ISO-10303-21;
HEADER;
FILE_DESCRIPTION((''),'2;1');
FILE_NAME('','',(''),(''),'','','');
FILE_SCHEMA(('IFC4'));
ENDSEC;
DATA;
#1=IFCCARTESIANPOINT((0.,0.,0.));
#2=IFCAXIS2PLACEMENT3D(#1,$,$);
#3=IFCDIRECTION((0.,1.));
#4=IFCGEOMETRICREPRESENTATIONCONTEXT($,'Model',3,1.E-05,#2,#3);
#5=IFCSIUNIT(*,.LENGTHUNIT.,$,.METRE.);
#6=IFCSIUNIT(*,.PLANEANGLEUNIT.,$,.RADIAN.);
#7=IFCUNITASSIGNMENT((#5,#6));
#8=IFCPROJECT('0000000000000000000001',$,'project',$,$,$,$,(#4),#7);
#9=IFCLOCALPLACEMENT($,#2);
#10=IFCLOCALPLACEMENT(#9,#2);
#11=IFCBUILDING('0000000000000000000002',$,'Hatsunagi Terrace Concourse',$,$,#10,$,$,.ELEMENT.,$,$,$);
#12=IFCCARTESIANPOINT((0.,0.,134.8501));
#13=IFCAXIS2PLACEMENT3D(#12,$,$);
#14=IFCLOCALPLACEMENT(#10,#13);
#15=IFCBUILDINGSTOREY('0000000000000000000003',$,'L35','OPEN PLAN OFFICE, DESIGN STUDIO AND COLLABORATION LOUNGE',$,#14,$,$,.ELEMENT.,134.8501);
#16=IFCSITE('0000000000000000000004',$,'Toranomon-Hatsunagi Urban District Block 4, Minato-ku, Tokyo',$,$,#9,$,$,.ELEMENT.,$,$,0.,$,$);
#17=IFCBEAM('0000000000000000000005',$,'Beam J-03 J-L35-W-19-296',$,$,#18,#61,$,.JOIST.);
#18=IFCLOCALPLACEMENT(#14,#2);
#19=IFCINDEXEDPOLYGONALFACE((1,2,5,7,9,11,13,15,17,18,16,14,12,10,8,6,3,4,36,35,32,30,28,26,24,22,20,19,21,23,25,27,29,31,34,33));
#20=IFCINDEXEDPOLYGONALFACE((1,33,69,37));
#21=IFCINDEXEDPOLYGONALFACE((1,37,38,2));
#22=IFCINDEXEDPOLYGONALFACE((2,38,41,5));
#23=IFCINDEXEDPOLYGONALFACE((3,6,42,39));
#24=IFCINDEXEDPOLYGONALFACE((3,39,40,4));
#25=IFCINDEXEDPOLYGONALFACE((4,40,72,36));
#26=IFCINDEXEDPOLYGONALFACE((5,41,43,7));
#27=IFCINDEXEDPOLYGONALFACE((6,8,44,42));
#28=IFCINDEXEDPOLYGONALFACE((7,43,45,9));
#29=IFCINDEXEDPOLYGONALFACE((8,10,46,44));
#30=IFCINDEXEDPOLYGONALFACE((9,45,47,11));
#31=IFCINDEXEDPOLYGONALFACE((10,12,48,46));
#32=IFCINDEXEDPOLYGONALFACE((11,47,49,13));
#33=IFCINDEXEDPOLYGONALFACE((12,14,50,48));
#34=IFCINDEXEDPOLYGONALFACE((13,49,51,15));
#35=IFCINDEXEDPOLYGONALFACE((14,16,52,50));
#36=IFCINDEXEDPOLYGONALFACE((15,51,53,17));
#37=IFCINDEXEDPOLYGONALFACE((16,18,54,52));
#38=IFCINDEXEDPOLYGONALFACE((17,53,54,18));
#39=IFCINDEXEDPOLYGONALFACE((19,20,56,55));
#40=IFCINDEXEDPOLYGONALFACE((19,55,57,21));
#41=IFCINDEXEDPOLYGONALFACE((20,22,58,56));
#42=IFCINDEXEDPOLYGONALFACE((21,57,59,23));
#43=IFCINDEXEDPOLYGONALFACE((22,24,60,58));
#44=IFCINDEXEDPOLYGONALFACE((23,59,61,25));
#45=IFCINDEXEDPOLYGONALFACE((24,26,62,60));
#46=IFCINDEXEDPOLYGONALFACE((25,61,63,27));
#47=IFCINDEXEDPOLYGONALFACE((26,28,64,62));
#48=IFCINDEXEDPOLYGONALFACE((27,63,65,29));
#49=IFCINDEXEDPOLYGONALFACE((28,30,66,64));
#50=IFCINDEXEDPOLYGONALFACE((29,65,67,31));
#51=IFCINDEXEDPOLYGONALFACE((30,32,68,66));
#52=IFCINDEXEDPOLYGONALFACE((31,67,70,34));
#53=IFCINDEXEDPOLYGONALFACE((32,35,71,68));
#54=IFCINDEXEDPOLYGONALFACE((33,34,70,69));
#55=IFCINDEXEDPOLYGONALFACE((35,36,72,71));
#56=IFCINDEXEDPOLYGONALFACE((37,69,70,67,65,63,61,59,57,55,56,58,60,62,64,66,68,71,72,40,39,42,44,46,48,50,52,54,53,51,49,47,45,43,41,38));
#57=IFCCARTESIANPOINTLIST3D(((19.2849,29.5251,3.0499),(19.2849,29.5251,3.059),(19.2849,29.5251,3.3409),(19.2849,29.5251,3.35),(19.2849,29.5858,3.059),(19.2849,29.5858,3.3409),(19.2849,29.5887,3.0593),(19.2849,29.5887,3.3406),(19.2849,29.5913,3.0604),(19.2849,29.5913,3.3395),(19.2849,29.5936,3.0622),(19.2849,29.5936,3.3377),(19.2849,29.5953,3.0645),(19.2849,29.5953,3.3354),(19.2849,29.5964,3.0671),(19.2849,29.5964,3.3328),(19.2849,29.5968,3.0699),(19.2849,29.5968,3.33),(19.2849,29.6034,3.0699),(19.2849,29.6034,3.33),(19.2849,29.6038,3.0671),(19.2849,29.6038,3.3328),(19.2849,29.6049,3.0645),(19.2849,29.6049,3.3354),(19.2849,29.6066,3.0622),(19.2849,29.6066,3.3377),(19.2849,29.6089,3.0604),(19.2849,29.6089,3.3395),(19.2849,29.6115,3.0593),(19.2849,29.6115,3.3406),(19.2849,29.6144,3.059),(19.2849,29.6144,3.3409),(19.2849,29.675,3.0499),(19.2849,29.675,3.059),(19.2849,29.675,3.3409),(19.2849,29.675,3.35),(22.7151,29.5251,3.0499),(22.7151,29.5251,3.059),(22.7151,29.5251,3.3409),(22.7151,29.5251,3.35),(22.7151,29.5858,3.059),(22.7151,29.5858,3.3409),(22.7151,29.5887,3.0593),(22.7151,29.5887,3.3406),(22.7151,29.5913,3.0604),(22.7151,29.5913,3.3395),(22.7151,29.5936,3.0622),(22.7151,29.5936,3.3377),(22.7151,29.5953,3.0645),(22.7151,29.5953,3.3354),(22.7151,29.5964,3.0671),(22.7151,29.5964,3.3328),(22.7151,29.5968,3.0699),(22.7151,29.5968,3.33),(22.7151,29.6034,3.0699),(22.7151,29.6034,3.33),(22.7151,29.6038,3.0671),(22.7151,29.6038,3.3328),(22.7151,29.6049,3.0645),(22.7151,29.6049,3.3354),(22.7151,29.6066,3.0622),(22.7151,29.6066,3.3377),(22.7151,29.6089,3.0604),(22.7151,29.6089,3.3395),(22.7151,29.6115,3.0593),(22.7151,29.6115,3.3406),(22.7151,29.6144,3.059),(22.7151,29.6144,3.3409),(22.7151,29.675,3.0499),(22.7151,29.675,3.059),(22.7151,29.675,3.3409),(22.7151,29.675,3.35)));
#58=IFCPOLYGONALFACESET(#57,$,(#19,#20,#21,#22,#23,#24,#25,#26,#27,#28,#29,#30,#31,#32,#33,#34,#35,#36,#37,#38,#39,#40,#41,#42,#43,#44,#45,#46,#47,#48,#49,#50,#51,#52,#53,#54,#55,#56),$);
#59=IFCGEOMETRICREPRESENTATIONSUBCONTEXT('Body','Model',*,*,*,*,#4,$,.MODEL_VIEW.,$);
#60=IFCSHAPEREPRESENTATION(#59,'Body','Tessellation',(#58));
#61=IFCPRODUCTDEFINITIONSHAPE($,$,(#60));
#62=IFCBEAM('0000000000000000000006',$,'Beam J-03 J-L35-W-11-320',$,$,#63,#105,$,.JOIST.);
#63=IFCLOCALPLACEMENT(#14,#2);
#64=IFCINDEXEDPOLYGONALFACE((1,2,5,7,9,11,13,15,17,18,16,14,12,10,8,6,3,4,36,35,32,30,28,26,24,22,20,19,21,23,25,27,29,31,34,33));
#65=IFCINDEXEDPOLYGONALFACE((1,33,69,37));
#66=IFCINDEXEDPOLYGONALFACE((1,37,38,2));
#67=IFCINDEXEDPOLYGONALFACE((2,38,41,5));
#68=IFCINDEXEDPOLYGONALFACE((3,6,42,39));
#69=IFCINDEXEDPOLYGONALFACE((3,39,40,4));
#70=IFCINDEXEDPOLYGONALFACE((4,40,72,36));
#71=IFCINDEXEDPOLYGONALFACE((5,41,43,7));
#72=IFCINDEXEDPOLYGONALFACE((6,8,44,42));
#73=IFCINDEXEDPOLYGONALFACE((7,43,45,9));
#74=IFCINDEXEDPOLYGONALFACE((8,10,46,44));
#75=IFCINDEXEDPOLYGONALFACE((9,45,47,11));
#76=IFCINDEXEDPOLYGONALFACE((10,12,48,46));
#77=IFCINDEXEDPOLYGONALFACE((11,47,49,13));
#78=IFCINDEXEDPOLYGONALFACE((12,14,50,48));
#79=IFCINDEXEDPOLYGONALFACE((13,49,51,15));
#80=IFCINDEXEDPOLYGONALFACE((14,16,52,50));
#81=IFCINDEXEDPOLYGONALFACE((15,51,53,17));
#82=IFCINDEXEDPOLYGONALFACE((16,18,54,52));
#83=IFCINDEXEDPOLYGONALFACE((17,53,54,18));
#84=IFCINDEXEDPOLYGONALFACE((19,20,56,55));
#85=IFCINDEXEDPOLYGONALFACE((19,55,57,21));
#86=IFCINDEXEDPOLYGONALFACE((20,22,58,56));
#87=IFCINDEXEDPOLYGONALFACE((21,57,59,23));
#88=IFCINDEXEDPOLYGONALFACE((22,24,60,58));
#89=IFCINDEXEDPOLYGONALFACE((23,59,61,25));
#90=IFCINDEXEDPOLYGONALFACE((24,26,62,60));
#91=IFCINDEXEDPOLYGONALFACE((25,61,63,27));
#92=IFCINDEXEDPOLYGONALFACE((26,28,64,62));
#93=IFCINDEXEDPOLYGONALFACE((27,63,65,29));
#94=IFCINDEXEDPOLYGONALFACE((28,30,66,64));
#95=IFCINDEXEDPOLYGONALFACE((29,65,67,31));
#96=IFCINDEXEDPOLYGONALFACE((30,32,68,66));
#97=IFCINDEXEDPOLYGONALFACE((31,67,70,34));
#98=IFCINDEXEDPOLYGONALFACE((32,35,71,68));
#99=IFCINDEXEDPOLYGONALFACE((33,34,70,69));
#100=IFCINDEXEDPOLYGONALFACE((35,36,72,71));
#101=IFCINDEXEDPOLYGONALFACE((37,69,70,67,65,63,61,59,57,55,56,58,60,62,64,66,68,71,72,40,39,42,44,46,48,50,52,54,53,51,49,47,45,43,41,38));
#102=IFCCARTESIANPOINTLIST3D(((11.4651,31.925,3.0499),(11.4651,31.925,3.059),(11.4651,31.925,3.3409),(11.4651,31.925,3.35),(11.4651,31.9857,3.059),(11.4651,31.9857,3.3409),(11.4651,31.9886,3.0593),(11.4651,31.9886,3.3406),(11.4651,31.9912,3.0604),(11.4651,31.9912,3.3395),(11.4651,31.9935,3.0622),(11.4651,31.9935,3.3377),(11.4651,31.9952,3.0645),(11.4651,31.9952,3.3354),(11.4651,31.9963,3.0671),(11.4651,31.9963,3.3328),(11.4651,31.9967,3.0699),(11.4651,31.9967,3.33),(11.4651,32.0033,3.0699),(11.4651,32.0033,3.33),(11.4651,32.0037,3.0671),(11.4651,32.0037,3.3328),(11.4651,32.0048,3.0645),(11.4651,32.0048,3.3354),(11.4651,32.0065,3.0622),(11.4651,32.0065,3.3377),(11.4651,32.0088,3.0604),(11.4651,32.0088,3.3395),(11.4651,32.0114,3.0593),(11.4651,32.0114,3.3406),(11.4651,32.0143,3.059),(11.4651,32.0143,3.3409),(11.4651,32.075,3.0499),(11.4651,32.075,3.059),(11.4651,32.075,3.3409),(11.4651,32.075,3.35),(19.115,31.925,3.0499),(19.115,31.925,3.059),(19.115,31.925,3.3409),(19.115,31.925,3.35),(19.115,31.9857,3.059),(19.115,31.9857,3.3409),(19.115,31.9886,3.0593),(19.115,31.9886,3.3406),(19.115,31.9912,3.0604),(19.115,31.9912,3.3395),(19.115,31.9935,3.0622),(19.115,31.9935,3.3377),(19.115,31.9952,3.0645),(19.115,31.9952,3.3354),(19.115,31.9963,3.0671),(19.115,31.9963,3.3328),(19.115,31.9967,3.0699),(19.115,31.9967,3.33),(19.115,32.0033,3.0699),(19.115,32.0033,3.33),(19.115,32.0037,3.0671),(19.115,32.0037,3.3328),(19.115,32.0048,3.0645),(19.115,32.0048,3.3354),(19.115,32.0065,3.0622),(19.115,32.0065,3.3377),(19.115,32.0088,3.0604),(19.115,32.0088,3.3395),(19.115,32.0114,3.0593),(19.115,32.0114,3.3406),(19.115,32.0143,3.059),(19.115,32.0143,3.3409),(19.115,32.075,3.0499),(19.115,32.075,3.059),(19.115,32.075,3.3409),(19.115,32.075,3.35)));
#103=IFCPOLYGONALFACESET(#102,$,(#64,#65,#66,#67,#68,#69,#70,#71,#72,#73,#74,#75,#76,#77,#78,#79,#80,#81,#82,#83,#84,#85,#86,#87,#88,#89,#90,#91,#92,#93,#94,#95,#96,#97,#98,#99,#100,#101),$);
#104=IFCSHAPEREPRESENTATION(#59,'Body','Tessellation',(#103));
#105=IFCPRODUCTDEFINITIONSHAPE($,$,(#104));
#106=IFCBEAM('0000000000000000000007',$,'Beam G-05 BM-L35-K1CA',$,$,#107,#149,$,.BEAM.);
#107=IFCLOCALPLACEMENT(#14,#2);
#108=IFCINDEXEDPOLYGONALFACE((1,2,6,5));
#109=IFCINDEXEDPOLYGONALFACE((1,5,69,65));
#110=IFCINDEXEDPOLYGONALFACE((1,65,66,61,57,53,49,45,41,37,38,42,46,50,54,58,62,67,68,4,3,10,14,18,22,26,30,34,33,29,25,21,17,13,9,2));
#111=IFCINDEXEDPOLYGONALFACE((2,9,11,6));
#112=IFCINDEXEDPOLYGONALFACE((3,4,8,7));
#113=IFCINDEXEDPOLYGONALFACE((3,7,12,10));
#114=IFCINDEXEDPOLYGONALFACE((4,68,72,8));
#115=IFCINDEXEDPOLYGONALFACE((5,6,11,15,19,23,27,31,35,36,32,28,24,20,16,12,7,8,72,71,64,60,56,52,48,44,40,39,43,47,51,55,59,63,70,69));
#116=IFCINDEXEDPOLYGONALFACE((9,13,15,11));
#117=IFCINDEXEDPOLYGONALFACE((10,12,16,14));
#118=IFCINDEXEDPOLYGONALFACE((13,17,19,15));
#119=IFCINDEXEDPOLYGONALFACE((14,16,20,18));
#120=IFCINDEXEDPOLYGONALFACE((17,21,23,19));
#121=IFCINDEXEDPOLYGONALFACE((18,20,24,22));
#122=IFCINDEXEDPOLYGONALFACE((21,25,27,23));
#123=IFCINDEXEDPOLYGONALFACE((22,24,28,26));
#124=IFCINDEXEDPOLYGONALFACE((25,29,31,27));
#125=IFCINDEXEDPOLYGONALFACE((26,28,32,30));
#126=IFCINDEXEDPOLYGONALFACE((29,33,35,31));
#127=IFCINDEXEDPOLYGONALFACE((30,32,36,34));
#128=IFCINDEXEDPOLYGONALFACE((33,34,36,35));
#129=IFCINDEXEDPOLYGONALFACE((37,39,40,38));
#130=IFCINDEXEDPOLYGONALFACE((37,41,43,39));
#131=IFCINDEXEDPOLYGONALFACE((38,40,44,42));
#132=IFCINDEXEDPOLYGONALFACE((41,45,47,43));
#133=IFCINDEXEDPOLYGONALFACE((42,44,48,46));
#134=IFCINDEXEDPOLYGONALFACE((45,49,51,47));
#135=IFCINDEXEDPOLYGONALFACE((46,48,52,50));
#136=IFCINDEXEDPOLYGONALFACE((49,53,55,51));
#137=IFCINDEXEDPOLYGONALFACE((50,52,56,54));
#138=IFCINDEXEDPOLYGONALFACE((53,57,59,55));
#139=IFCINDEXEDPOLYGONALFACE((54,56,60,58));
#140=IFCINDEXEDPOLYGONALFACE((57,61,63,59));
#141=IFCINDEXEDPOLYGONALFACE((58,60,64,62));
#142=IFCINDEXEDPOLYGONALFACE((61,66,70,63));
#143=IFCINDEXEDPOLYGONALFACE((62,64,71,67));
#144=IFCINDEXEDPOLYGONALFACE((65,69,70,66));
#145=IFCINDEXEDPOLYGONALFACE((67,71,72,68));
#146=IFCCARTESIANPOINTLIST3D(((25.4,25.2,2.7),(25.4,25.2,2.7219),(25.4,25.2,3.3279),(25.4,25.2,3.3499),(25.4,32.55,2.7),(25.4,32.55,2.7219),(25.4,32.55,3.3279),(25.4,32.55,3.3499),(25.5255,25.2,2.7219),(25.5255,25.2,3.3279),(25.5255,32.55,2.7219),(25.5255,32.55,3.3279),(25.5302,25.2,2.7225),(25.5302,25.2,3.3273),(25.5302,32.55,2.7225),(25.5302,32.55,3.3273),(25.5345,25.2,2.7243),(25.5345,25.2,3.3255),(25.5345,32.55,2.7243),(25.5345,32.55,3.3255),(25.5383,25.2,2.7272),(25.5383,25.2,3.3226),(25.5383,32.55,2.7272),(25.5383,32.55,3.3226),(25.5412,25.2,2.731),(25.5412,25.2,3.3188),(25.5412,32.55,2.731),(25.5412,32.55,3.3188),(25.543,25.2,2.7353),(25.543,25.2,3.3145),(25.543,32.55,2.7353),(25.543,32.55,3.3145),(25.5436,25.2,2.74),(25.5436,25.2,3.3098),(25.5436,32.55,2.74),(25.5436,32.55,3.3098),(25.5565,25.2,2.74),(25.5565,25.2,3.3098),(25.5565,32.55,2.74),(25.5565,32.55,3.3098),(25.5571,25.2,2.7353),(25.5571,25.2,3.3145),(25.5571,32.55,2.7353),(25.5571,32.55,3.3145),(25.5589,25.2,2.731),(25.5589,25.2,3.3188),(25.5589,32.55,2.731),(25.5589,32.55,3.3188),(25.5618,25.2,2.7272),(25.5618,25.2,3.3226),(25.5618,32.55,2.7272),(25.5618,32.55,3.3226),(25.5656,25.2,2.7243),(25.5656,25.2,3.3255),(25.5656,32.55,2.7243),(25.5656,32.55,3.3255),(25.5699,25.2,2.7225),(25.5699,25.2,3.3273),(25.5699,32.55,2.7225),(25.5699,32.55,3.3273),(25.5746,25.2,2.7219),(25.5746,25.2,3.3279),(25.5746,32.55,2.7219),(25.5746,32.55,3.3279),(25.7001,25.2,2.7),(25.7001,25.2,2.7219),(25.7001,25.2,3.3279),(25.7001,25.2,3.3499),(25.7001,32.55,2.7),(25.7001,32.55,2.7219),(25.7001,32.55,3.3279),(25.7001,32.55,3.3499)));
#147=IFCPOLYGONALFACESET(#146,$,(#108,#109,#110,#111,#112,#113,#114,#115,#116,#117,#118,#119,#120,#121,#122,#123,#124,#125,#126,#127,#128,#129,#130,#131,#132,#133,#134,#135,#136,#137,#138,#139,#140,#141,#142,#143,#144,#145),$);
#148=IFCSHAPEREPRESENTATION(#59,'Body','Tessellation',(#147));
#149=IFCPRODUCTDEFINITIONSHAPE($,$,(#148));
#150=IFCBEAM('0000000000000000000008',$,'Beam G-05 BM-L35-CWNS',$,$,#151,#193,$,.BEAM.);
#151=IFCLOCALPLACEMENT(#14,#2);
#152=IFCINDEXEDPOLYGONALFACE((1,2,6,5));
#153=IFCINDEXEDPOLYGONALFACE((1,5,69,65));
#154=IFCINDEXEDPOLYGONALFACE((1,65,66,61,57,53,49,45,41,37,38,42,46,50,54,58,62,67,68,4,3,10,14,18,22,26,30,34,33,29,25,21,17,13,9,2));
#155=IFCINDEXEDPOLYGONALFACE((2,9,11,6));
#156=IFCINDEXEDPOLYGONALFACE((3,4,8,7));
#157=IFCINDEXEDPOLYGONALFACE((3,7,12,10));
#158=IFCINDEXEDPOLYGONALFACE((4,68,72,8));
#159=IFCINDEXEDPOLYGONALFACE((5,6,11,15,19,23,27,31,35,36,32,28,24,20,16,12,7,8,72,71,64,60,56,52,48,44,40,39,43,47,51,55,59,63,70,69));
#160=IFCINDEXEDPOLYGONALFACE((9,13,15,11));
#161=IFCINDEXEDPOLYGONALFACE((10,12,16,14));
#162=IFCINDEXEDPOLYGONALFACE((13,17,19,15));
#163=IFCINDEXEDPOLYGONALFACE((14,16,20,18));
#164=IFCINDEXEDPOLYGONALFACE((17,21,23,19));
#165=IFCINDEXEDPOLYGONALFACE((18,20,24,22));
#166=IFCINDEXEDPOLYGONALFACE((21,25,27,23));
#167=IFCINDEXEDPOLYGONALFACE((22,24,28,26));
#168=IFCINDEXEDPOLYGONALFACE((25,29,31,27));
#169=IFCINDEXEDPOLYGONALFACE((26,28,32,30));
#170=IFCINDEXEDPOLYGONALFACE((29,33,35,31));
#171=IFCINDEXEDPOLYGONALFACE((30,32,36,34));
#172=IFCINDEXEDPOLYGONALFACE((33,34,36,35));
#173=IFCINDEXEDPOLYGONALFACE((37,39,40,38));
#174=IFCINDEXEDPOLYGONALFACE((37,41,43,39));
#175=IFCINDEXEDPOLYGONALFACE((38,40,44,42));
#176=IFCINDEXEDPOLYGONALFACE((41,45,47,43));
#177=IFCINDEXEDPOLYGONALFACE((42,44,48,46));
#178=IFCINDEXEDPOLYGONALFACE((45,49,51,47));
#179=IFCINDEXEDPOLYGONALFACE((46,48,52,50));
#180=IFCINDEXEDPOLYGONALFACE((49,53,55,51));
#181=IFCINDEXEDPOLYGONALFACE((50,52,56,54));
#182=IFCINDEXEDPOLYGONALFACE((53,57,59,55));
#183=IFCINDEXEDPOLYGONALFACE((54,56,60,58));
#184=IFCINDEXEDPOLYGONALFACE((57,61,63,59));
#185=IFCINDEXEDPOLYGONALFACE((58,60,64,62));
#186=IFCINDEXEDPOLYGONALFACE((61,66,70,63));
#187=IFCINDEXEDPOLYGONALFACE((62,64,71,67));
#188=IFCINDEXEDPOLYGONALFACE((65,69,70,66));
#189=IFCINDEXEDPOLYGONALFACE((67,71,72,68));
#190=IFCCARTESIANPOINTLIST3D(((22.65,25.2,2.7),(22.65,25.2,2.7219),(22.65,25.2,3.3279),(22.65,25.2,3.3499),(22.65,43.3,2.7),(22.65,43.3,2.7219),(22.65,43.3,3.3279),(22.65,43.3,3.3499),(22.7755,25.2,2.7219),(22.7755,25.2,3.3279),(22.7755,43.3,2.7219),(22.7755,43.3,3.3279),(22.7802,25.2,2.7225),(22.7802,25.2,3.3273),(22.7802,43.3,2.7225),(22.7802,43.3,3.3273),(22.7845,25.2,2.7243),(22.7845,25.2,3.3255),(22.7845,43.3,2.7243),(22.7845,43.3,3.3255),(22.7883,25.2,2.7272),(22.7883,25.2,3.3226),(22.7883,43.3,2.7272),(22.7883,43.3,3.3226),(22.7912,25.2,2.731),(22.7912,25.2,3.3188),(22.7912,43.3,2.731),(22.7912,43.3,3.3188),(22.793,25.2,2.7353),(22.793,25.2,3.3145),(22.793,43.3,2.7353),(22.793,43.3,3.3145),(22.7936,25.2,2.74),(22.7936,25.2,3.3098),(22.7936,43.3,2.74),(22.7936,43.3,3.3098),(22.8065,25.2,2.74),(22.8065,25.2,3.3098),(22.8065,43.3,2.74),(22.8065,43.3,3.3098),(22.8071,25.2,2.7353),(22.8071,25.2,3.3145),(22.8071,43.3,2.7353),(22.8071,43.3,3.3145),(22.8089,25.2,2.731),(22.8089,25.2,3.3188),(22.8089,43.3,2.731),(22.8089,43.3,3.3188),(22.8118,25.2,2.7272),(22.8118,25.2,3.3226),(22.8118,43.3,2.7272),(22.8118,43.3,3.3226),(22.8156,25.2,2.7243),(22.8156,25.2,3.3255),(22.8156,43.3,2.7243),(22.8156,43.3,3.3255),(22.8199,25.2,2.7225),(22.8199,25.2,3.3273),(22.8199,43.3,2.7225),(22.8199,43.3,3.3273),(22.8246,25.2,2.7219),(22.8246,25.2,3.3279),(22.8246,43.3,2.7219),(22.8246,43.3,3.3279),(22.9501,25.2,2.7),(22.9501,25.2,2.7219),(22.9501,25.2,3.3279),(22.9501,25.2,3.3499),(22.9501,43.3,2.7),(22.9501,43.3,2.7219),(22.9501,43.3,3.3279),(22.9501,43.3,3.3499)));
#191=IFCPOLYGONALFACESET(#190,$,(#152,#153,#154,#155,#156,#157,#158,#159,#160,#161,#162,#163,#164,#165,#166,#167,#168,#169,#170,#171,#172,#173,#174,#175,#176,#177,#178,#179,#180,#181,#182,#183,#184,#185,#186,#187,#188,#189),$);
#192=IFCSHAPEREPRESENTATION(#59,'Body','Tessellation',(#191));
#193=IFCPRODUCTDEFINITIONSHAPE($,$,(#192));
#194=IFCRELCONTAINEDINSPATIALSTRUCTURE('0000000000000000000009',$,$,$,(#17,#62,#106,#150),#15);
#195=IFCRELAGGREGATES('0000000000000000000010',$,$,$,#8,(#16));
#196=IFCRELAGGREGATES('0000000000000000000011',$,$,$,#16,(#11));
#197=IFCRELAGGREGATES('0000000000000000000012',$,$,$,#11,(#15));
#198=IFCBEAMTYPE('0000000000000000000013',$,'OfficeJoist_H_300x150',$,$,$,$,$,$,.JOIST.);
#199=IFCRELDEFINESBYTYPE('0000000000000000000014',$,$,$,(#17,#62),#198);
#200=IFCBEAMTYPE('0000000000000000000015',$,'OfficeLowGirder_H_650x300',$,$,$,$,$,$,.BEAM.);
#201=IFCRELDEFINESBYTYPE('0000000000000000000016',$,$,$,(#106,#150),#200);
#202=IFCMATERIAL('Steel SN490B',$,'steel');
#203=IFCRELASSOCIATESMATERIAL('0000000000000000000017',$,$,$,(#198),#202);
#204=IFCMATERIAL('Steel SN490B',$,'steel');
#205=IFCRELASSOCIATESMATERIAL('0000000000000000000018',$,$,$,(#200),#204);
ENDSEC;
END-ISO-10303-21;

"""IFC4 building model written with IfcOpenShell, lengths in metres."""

from ifc_helpers import new_model, si_unit, direction, frame, origin, origin_2d, place, context, subcontext, project, spatial, i_section, extrude, material, material_profile, profile_set, type_object, element, save


model = new_model("IFC4")

# Units and contexts
model_context = context("Model", 3, precision=1e-05, world=origin(), true_north=direction((0.0, 1.0)))
body_context = subcontext(model_context, "Body", "Model", "MODEL_VIEW")
ifc_project = project(units=[si_unit("LENGTHUNIT", "METRE"), si_unit("PLANEANGLEUNIT", "RADIAN")], contexts=[model_context])

# Site, building, storey
site_placement = place(None, origin())
site = spatial("IfcSite", under=ifc_project, at=site_placement, Name="Toranomon-Hatsunagi Urban District Block 4, Minato-ku, Tokyo", CompositionType="ELEMENT", RefElevation=0.0)
building_placement = place(site_placement, origin())
building = spatial("IfcBuilding", under=site, at=building_placement, Name="Hatsunagi Terrace Concourse", CompositionType="ELEMENT")
storey_placement = place(building_placement, frame((0.0, 0.0, 134.8501)))
storey = spatial("IfcBuildingStorey", under=building, at=storey_placement, Name="L35", Description="OPEN PLAN OFFICE, DESIGN STUDIO AND COLLABORATION LOUNGE", CompositionType="ELEMENT", Elevation=134.8501)

# Beams
ifc_material_1 = material(Name="Steel SN490B", Category="steel")
ifc_material_profile_1 = material_profile(ifc_material_1, i_section(OverallWidth=0.1499, OverallDepth=0.3, WebThickness=0.0066, FlangeThickness=0.009, FilletRadius=0.011, at=origin_2d()), Name="H-300x150x6.5x9")
ifc_profile_set_1 = profile_set([ifc_material_profile_1], Name="Steel SN490B")
beam_type_1 = type_object("IfcBeamType", Name="OfficeJoist_H_300x150", PredefinedType="JOIST", material=ifc_profile_set_1)
beam_1_placement = place(storey_placement, frame((19.2849, 29.6001, 3.2), z_axis=(1.0, 0.0, 0.0), x_axis=(0.0, 1.0, 0.0)))
element("IfcBeam", 1, at=beam_1_placement, inside=storey, type_object=beam_type_1, Name="Beam J-03 J-L35-W-19-296", PredefinedType="JOIST", context=body_context, shape_type="SweptSolid", body=[
    extrude(i_section(OverallWidth=0.1499, OverallDepth=0.3, WebThickness=0.0066, FlangeThickness=0.009, FilletRadius=0.011, at=origin_2d()), origin(), (0.0, 0.0, 1.0), 3.4302),
])
beam_2_placement = place(storey_placement, frame((11.4651, 32.0, 3.2), z_axis=(1.0, 0.0, 0.0), x_axis=(0.0, 1.0, 0.0)))
element("IfcBeam", 2, at=beam_2_placement, inside=storey, type_object=beam_type_1, Name="Beam J-03 J-L35-W-11-320", PredefinedType="JOIST", context=body_context, shape_type="SweptSolid", body=[
    extrude(i_section(OverallWidth=0.1499, OverallDepth=0.3, WebThickness=0.0066, FlangeThickness=0.009, FilletRadius=0.011, at=origin_2d()), origin(), (0.0, 0.0, 1.0), 7.6499),
])
ifc_material_2 = material(Name="Steel SN490B", Category="steel")
ifc_material_profile_2 = material_profile(ifc_material_2, i_section(OverallWidth=0.3, OverallDepth=0.6499, WebThickness=0.0129, FlangeThickness=0.022, FilletRadius=0.0181, at=origin_2d()), Name="H-650x300x13x22")
ifc_profile_set_2 = profile_set([ifc_material_profile_2], Name="Steel SN490B")
beam_type_2 = type_object("IfcBeamType", Name="OfficeLowGirder_H_650x300", PredefinedType="BEAM", material=ifc_profile_set_2)
beam_3_placement = place(storey_placement, frame((25.55, 25.2, 3.0249), z_axis=(0.0, 1.0, 0.0), x_axis=(-1.0, 0.0, 0.0)))
element("IfcBeam", 3, at=beam_3_placement, inside=storey, type_object=beam_type_2, Name="Beam G-05 BM-L35-K1CA", PredefinedType="BEAM", context=body_context, shape_type="SweptSolid", body=[
    extrude(i_section(OverallWidth=0.3, OverallDepth=0.6499, WebThickness=0.0129, FlangeThickness=0.022, FilletRadius=0.0181, at=origin_2d()), origin(), (0.0, 0.0, 1.0), 7.3501),
])
beam_4_placement = place(storey_placement, frame((22.8, 25.2, 3.0249), z_axis=(0.0, 1.0, 0.0), x_axis=(-1.0, 0.0, 0.0)))
element("IfcBeam", 4, at=beam_4_placement, inside=storey, type_object=beam_type_2, Name="Beam G-05 BM-L35-CWNS", PredefinedType="BEAM", context=body_context, shape_type="SweptSolid", body=[
    extrude(i_section(OverallWidth=0.3, OverallDepth=0.6499, WebThickness=0.0129, FlangeThickness=0.022, FilletRadius=0.0181, at=origin_2d()), origin(), (0.0, 0.0, 1.0), 18.1001),
])

save(model, "model.ifc")
